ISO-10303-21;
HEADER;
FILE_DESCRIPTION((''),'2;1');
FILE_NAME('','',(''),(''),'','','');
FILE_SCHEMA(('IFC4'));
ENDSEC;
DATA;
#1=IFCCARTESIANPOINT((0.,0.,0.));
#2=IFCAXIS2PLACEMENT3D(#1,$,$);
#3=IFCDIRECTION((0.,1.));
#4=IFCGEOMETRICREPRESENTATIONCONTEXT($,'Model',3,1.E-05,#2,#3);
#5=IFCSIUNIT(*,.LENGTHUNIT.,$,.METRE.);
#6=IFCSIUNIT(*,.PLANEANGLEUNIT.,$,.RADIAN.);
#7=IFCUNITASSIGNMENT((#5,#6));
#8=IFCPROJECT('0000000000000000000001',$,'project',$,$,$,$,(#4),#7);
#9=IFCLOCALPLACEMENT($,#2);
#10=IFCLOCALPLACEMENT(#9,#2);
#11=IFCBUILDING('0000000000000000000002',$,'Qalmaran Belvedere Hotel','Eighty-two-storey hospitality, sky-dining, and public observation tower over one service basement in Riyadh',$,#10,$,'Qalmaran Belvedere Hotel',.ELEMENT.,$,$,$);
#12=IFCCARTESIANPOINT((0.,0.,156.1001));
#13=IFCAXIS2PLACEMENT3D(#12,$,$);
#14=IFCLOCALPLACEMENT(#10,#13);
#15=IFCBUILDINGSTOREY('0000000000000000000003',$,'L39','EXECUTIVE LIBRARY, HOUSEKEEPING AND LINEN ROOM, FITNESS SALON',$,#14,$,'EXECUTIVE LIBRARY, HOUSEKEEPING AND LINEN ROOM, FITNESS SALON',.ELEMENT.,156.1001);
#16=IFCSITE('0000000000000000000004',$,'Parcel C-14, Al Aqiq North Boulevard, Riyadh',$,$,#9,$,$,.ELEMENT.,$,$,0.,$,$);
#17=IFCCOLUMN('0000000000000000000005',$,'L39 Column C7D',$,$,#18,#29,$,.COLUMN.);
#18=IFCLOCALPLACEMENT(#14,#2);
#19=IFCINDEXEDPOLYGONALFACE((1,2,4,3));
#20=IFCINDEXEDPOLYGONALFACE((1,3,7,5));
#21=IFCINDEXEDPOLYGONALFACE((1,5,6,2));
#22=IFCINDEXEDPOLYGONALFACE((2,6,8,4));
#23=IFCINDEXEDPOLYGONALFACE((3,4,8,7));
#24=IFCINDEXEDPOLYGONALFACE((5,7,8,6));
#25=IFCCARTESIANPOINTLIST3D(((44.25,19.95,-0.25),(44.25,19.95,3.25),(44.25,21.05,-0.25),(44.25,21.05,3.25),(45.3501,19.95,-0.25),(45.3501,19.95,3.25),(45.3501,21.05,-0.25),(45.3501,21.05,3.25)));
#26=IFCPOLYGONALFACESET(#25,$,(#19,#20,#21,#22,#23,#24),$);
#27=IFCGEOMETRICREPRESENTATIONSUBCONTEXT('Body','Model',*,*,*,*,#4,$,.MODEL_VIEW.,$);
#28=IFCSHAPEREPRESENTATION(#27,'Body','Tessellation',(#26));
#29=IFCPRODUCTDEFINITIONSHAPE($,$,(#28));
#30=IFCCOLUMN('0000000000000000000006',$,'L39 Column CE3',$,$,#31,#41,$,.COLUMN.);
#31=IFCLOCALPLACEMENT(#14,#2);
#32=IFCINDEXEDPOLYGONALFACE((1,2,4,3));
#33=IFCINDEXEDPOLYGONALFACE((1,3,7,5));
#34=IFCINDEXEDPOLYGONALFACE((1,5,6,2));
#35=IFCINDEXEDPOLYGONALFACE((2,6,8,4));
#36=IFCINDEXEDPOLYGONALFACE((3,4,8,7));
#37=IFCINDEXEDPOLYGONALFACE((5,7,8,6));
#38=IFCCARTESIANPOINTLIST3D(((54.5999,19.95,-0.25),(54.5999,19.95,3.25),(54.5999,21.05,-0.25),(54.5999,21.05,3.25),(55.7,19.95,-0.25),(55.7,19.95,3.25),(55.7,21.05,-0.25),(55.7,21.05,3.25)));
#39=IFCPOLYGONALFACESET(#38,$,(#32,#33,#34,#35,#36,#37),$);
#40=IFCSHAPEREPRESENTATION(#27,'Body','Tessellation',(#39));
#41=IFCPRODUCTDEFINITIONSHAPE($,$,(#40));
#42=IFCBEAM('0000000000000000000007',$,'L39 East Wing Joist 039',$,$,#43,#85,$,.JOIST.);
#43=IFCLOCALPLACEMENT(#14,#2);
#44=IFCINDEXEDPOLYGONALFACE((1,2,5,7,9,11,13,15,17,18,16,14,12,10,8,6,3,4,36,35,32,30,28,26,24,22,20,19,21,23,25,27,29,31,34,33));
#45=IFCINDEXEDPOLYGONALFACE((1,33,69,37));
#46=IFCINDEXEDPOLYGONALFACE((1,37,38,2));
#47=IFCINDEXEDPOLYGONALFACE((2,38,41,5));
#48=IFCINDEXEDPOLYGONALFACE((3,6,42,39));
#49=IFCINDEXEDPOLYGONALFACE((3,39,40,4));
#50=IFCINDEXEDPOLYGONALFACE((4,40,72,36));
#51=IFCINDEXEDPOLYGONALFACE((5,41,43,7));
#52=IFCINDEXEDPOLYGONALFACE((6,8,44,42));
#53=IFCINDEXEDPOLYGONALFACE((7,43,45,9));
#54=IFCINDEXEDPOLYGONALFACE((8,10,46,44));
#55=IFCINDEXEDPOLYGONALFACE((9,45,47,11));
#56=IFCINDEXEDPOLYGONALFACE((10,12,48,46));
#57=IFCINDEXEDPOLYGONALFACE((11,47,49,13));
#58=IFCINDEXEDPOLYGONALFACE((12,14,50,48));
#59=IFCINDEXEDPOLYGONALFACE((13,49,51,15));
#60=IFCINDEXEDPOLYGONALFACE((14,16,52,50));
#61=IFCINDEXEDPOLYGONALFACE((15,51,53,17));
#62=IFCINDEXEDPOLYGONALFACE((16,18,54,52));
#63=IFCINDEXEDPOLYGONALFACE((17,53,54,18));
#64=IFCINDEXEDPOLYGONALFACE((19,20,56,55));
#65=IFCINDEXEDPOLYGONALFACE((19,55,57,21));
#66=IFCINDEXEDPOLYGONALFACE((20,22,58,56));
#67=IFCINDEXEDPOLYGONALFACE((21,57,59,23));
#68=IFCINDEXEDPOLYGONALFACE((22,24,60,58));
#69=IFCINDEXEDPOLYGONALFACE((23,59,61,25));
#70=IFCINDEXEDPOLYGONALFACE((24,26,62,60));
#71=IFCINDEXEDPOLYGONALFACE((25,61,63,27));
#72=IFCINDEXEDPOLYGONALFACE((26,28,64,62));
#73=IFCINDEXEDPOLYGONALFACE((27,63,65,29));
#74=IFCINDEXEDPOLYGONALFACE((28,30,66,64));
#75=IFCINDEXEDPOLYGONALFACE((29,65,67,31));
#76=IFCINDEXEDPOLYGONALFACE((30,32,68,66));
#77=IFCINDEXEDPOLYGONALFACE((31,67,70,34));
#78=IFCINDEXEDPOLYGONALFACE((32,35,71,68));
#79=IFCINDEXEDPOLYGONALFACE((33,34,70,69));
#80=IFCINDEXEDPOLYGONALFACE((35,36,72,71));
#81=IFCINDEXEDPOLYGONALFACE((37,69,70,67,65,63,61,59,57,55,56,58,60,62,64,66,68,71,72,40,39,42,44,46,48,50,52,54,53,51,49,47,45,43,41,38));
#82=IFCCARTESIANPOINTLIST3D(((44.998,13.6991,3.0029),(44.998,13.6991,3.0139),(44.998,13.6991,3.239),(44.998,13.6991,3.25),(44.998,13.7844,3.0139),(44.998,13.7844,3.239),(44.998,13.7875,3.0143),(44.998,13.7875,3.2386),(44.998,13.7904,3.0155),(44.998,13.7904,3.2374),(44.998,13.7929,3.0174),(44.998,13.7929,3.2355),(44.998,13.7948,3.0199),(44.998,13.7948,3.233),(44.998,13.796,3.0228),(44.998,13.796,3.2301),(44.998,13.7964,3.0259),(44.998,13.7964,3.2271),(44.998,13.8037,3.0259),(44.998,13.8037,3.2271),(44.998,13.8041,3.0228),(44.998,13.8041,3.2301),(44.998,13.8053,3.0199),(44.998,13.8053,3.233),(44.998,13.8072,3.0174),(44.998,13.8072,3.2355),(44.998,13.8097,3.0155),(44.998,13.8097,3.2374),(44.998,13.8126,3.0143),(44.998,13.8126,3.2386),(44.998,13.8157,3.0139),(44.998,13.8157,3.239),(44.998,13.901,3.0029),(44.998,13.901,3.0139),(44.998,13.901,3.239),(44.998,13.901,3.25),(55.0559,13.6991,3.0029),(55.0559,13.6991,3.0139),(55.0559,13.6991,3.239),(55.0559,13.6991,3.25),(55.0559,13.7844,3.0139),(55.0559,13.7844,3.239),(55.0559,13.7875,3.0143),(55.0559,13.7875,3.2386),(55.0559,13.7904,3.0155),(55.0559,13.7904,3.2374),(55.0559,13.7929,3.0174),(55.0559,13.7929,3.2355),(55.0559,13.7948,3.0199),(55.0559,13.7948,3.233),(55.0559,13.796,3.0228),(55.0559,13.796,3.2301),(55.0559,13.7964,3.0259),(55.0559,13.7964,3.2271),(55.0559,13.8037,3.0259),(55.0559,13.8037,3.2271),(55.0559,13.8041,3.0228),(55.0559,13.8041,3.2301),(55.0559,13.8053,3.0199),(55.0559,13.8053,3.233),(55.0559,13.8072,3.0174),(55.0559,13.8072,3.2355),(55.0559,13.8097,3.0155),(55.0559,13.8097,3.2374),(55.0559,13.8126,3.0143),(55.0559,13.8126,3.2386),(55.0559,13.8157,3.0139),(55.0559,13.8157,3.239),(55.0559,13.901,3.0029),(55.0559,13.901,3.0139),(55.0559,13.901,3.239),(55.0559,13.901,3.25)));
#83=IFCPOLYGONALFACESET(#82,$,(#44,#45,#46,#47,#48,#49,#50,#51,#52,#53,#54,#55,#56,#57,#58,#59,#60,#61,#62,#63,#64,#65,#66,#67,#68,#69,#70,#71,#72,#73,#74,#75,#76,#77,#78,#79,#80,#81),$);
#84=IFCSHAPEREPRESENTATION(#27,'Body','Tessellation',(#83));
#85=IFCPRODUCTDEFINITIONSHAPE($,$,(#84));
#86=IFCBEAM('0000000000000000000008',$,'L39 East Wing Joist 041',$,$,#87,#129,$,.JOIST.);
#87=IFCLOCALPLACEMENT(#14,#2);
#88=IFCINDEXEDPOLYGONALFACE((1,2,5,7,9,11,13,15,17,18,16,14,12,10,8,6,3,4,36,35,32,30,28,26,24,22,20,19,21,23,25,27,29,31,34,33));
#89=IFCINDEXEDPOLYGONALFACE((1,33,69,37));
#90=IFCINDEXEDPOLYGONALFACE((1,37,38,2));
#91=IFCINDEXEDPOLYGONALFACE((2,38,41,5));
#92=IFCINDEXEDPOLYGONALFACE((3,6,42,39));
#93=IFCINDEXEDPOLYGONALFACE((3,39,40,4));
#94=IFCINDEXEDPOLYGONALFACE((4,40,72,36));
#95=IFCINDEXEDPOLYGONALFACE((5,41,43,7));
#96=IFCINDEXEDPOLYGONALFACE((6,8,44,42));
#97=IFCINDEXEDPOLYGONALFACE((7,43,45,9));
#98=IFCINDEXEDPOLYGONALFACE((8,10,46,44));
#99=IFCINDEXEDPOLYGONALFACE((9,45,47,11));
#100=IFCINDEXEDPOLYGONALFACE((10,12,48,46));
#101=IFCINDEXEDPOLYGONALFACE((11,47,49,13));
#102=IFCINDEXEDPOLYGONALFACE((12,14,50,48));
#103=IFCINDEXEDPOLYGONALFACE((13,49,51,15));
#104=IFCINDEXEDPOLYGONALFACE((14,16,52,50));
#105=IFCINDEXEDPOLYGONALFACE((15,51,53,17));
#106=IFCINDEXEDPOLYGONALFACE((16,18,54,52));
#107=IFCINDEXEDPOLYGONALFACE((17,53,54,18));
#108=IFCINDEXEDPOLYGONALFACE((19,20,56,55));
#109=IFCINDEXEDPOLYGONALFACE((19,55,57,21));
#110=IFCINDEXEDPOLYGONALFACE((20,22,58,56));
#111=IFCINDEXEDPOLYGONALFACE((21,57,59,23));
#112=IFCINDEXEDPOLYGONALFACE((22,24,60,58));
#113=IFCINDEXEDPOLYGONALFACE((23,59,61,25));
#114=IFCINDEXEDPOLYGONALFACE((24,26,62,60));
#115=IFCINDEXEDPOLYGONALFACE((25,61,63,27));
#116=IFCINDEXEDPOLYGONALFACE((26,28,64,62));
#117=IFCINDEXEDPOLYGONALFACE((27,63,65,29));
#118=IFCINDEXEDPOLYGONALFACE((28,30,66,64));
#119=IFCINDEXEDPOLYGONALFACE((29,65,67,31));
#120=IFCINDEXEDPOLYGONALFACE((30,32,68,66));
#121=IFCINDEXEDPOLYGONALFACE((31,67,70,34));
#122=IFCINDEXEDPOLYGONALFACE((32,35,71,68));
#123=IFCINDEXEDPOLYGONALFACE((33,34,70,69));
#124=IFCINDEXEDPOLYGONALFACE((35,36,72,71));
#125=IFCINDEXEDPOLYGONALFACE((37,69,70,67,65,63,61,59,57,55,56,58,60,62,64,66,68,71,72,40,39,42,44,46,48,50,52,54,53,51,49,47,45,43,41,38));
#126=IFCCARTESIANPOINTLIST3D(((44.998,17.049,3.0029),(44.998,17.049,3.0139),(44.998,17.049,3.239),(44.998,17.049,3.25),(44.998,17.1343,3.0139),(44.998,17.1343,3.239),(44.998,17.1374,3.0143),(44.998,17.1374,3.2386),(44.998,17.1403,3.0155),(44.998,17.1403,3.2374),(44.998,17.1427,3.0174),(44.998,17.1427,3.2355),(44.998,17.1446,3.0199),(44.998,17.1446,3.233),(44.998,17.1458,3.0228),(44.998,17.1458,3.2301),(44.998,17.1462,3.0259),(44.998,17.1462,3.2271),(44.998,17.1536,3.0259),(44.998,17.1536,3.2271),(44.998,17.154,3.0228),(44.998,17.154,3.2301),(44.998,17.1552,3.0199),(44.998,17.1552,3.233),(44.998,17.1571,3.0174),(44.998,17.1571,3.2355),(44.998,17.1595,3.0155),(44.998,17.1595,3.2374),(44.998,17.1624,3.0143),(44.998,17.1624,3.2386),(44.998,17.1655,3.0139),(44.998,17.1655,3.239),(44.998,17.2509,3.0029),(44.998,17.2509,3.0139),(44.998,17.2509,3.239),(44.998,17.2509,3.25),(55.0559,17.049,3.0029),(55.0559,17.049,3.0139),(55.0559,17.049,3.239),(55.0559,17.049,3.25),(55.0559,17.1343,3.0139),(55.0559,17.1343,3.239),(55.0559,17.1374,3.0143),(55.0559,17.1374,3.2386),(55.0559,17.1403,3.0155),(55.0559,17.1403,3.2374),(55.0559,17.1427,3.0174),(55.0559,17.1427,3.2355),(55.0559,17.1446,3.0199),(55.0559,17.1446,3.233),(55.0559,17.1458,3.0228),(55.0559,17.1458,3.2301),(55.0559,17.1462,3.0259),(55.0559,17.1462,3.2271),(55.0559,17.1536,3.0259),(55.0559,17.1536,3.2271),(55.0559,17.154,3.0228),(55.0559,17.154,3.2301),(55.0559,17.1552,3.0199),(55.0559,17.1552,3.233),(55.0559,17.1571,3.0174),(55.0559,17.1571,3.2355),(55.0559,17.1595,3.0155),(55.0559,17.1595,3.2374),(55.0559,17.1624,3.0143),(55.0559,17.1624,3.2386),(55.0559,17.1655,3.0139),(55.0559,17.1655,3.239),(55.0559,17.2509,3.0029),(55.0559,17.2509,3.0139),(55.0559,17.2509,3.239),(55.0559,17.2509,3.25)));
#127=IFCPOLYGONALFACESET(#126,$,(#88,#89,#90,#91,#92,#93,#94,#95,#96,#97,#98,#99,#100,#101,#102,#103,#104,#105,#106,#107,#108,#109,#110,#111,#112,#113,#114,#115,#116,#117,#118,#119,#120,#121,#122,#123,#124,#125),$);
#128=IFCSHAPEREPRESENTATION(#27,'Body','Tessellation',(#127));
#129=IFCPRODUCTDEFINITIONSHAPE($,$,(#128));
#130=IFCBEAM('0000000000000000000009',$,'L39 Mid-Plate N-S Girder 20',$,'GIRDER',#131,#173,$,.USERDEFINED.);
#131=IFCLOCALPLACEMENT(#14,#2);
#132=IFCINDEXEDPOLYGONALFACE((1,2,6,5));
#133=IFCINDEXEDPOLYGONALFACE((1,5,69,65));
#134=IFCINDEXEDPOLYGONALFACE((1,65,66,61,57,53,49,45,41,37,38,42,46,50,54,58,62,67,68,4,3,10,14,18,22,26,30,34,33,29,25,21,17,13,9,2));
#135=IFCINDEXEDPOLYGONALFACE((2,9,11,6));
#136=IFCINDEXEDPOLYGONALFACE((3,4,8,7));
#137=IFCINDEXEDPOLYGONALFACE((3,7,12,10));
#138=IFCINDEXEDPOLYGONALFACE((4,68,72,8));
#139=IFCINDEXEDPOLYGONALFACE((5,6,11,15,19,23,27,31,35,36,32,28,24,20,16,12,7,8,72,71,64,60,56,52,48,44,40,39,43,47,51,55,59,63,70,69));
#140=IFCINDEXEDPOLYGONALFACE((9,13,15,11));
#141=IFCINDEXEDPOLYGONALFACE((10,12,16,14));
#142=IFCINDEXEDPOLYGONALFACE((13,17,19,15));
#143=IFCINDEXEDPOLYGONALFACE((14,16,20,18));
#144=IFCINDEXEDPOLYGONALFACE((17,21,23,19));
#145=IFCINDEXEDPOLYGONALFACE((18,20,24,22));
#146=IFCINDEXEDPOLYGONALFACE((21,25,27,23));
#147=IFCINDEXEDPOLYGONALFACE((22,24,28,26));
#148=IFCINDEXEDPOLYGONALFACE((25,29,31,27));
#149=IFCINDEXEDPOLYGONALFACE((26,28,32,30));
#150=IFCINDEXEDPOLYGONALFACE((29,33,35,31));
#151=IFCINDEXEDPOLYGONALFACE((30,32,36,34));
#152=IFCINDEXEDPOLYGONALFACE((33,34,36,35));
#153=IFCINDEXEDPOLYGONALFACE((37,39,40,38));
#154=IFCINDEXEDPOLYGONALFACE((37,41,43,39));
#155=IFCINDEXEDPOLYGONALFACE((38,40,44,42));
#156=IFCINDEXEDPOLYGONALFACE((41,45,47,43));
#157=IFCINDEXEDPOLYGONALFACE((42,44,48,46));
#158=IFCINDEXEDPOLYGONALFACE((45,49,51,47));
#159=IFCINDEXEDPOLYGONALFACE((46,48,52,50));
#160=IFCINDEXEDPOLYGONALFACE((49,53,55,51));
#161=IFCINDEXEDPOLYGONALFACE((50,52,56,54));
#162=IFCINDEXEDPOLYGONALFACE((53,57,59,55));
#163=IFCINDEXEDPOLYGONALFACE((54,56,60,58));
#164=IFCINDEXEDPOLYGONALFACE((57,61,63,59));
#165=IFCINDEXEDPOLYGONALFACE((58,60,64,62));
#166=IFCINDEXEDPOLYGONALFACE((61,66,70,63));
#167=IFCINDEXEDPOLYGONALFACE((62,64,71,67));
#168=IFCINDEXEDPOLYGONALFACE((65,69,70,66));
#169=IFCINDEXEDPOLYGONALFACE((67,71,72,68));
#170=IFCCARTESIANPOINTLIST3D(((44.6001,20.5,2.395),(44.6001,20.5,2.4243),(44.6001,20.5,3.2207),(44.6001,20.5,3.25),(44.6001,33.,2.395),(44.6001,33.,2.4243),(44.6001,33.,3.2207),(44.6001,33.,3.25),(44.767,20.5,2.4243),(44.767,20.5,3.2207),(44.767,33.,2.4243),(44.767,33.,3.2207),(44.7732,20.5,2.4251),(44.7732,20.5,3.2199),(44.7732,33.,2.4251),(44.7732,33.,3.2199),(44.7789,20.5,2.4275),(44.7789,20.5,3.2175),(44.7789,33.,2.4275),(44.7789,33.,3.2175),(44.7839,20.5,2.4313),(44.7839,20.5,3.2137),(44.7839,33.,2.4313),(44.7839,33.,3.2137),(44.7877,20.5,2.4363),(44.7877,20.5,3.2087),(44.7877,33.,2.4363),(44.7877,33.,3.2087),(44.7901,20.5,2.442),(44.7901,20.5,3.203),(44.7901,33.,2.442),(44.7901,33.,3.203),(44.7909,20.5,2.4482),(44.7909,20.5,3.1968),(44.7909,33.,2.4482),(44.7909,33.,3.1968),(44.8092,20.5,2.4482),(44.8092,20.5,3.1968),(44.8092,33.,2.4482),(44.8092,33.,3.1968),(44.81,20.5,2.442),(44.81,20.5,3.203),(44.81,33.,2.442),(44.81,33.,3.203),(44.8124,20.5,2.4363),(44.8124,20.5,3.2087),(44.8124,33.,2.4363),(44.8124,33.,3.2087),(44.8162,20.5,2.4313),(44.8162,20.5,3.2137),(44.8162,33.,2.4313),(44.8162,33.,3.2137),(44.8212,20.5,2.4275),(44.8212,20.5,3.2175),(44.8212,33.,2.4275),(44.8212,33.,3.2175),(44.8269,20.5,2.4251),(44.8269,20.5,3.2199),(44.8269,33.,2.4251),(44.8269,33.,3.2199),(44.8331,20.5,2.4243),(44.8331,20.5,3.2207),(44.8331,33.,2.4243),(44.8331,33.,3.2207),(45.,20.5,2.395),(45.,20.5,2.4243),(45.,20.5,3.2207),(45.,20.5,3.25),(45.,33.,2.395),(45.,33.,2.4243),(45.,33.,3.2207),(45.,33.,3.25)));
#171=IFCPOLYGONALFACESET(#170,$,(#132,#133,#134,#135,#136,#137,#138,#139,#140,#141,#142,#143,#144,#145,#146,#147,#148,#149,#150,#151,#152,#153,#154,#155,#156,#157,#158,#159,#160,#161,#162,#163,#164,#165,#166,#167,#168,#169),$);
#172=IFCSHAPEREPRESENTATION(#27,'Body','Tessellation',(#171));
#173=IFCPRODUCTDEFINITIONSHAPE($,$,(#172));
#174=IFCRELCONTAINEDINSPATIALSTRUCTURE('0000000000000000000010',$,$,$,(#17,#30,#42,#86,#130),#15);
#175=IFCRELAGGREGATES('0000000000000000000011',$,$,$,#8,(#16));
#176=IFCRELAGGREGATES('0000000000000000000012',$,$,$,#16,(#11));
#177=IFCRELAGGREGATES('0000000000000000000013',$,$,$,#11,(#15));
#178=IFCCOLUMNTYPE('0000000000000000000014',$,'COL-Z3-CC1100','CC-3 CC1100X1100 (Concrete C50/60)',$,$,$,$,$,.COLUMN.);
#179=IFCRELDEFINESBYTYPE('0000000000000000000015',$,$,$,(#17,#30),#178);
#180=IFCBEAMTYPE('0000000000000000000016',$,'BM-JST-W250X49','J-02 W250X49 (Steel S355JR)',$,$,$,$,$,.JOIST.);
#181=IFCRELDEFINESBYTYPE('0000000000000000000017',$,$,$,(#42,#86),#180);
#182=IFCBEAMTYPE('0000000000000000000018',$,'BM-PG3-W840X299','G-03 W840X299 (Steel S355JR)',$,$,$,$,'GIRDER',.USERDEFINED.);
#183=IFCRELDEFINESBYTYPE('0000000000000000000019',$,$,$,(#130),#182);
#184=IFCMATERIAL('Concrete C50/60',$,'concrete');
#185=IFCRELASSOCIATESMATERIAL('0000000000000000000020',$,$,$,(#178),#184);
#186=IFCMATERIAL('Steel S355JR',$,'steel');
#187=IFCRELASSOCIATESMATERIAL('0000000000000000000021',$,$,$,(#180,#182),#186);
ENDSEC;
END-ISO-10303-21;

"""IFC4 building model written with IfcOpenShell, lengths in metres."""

from ifc_helpers import new_model, si_unit, direction, frame, origin, origin_2d, place, context, subcontext, project, spatial, rectangle, i_section, extrude, material, material_profile, profile_set, type_object, element, save


model = new_model("IFC4")

# Units and contexts
model_context = context("Model", 3, precision=1e-05, world=origin(), true_north=direction((0.0, 1.0)))
body_context = subcontext(model_context, "Body", "Model", "MODEL_VIEW")
ifc_project = project(units=[si_unit("LENGTHUNIT", "METRE"), si_unit("PLANEANGLEUNIT", "RADIAN")], contexts=[model_context])

# Site, building, storey
site_placement = place(None, origin())
site = spatial("IfcSite", under=ifc_project, at=site_placement, Name="Parcel C-14, Al Aqiq North Boulevard, Riyadh", CompositionType="ELEMENT", RefElevation=0.0)
building_placement = place(site_placement, origin())
building = spatial("IfcBuilding", under=site, at=building_placement, Name="Qalmaran Belvedere Hotel", Description="Eighty-two-storey hospitality, sky-dining, and public observation tower over one service basement in Riyadh", LongName="Qalmaran Belvedere Hotel", CompositionType="ELEMENT")
storey_placement = place(building_placement, frame((0.0, 0.0, 156.1001)))
storey = spatial("IfcBuildingStorey", under=building, at=storey_placement, Name="L39", Description="EXECUTIVE LIBRARY, HOUSEKEEPING AND LINEN ROOM, FITNESS SALON", LongName="EXECUTIVE LIBRARY, HOUSEKEEPING AND LINEN ROOM, FITNESS SALON", CompositionType="ELEMENT", Elevation=156.1001)

# Columns
ifc_material_1 = material(Name="Concrete C50/60", Category="concrete")
ifc_material_profile_1 = material_profile(ifc_material_1, rectangle(XDim=1.1001, YDim=1.1001, at=origin_2d()), Name="CC1100X1100")
ifc_profile_set_1 = profile_set([ifc_material_profile_1], Name="Concrete C50/60")
column_type = type_object("IfcColumnType", Name="COL-Z3-CC1100", Description="CC-3 CC1100X1100 (Concrete C50/60)", PredefinedType="COLUMN", material=ifc_profile_set_1)
for number, where, z_axis, x_axis, name in (
    (1, (44.8, 20.5, -0.25), (0.0, 0.0, 1.0), (1.0, 0.0, 0.0), "L39 Column C7D"),
    (2, (55.1499, 20.5, -0.25), (0.0, 0.0, 1.0), (1.0, 0.0, 0.0), "L39 Column CE3"),
):
    element("IfcColumn", number, at=place(storey_placement, frame(where, z_axis=z_axis, x_axis=x_axis)), inside=storey, type_object=column_type, Name=name, PredefinedType="COLUMN", context=body_context, shape_type="SweptSolid", body=[
        extrude(rectangle(XDim=1.1001, YDim=1.1001, at=origin_2d()), origin(), (0.0, 0.0, 1.0), 3.5),
    ])

# Beams
ifc_material_2 = material(Name="Steel S355JR", Category="steel")
ifc_material_profile_2 = material_profile(ifc_material_2, i_section(OverallWidth=0.2019, OverallDepth=0.2471, WebThickness=0.0073, FlangeThickness=0.011, FilletRadius=0.012, at=origin_2d()), Name="W250X49")
ifc_profile_set_2 = profile_set([ifc_material_profile_2], Name="Steel S355JR")
beam_type_1 = type_object("IfcBeamType", Name="BM-JST-W250X49", Description="J-02 W250X49 (Steel S355JR)", PredefinedType="JOIST", material=ifc_profile_set_2)
for number, where, z_axis, x_axis, name in (
    (3, (44.998, 13.8, 3.1265), (1.0, 0.0, 0.0), (0.0, 1.0, 0.0), "L39 East Wing Joist 039"),
    (4, (44.998, 17.1499, 3.1265), (1.0, 0.0, 0.0), (0.0, 1.0, 0.0), "L39 East Wing Joist 041"),
):
    element("IfcBeam", number, at=place(storey_placement, frame(where, z_axis=z_axis, x_axis=x_axis)), inside=storey, type_object=beam_type_1, Name=name, PredefinedType="JOIST", context=body_context, shape_type="SweptSolid", body=[
        extrude(i_section(OverallWidth=0.2019, OverallDepth=0.2471, WebThickness=0.0073, FlangeThickness=0.011, FilletRadius=0.012, at=origin_2d()), origin(), (0.0, 0.0, 1.0), 10.0579),
    ])
ifc_material_profile_3 = material_profile(ifc_material_2, i_section(OverallWidth=0.3999, OverallDepth=0.855, WebThickness=0.0183, FlangeThickness=0.0293, FilletRadius=0.0239, at=origin_2d()), Name="W840X299")
ifc_profile_set_3 = profile_set([ifc_material_profile_3], Name="Steel S355JR")
beam_type_2 = type_object("IfcBeamType", Name="BM-PG3-W840X299", Description="G-03 W840X299 (Steel S355JR)", ElementType="GIRDER", PredefinedType="USERDEFINED", material=ifc_profile_set_3)
beam_1_placement = place(storey_placement, frame((44.8, 20.5, 2.8225), z_axis=(0.0, 1.0, 0.0), x_axis=(-1.0, 0.0, 0.0)))
element("IfcBeam", 5, at=beam_1_placement, inside=storey, type_object=beam_type_2, Name="L39 Mid-Plate N-S Girder 20", ObjectType="GIRDER", PredefinedType="USERDEFINED", context=body_context, shape_type="SweptSolid", body=[
    extrude(i_section(OverallWidth=0.3999, OverallDepth=0.855, WebThickness=0.0183, FlangeThickness=0.0293, FilletRadius=0.0239, at=origin_2d()), origin(), (0.0, 0.0, 1.0), 12.5),
])

save(model, "model.ifc")
